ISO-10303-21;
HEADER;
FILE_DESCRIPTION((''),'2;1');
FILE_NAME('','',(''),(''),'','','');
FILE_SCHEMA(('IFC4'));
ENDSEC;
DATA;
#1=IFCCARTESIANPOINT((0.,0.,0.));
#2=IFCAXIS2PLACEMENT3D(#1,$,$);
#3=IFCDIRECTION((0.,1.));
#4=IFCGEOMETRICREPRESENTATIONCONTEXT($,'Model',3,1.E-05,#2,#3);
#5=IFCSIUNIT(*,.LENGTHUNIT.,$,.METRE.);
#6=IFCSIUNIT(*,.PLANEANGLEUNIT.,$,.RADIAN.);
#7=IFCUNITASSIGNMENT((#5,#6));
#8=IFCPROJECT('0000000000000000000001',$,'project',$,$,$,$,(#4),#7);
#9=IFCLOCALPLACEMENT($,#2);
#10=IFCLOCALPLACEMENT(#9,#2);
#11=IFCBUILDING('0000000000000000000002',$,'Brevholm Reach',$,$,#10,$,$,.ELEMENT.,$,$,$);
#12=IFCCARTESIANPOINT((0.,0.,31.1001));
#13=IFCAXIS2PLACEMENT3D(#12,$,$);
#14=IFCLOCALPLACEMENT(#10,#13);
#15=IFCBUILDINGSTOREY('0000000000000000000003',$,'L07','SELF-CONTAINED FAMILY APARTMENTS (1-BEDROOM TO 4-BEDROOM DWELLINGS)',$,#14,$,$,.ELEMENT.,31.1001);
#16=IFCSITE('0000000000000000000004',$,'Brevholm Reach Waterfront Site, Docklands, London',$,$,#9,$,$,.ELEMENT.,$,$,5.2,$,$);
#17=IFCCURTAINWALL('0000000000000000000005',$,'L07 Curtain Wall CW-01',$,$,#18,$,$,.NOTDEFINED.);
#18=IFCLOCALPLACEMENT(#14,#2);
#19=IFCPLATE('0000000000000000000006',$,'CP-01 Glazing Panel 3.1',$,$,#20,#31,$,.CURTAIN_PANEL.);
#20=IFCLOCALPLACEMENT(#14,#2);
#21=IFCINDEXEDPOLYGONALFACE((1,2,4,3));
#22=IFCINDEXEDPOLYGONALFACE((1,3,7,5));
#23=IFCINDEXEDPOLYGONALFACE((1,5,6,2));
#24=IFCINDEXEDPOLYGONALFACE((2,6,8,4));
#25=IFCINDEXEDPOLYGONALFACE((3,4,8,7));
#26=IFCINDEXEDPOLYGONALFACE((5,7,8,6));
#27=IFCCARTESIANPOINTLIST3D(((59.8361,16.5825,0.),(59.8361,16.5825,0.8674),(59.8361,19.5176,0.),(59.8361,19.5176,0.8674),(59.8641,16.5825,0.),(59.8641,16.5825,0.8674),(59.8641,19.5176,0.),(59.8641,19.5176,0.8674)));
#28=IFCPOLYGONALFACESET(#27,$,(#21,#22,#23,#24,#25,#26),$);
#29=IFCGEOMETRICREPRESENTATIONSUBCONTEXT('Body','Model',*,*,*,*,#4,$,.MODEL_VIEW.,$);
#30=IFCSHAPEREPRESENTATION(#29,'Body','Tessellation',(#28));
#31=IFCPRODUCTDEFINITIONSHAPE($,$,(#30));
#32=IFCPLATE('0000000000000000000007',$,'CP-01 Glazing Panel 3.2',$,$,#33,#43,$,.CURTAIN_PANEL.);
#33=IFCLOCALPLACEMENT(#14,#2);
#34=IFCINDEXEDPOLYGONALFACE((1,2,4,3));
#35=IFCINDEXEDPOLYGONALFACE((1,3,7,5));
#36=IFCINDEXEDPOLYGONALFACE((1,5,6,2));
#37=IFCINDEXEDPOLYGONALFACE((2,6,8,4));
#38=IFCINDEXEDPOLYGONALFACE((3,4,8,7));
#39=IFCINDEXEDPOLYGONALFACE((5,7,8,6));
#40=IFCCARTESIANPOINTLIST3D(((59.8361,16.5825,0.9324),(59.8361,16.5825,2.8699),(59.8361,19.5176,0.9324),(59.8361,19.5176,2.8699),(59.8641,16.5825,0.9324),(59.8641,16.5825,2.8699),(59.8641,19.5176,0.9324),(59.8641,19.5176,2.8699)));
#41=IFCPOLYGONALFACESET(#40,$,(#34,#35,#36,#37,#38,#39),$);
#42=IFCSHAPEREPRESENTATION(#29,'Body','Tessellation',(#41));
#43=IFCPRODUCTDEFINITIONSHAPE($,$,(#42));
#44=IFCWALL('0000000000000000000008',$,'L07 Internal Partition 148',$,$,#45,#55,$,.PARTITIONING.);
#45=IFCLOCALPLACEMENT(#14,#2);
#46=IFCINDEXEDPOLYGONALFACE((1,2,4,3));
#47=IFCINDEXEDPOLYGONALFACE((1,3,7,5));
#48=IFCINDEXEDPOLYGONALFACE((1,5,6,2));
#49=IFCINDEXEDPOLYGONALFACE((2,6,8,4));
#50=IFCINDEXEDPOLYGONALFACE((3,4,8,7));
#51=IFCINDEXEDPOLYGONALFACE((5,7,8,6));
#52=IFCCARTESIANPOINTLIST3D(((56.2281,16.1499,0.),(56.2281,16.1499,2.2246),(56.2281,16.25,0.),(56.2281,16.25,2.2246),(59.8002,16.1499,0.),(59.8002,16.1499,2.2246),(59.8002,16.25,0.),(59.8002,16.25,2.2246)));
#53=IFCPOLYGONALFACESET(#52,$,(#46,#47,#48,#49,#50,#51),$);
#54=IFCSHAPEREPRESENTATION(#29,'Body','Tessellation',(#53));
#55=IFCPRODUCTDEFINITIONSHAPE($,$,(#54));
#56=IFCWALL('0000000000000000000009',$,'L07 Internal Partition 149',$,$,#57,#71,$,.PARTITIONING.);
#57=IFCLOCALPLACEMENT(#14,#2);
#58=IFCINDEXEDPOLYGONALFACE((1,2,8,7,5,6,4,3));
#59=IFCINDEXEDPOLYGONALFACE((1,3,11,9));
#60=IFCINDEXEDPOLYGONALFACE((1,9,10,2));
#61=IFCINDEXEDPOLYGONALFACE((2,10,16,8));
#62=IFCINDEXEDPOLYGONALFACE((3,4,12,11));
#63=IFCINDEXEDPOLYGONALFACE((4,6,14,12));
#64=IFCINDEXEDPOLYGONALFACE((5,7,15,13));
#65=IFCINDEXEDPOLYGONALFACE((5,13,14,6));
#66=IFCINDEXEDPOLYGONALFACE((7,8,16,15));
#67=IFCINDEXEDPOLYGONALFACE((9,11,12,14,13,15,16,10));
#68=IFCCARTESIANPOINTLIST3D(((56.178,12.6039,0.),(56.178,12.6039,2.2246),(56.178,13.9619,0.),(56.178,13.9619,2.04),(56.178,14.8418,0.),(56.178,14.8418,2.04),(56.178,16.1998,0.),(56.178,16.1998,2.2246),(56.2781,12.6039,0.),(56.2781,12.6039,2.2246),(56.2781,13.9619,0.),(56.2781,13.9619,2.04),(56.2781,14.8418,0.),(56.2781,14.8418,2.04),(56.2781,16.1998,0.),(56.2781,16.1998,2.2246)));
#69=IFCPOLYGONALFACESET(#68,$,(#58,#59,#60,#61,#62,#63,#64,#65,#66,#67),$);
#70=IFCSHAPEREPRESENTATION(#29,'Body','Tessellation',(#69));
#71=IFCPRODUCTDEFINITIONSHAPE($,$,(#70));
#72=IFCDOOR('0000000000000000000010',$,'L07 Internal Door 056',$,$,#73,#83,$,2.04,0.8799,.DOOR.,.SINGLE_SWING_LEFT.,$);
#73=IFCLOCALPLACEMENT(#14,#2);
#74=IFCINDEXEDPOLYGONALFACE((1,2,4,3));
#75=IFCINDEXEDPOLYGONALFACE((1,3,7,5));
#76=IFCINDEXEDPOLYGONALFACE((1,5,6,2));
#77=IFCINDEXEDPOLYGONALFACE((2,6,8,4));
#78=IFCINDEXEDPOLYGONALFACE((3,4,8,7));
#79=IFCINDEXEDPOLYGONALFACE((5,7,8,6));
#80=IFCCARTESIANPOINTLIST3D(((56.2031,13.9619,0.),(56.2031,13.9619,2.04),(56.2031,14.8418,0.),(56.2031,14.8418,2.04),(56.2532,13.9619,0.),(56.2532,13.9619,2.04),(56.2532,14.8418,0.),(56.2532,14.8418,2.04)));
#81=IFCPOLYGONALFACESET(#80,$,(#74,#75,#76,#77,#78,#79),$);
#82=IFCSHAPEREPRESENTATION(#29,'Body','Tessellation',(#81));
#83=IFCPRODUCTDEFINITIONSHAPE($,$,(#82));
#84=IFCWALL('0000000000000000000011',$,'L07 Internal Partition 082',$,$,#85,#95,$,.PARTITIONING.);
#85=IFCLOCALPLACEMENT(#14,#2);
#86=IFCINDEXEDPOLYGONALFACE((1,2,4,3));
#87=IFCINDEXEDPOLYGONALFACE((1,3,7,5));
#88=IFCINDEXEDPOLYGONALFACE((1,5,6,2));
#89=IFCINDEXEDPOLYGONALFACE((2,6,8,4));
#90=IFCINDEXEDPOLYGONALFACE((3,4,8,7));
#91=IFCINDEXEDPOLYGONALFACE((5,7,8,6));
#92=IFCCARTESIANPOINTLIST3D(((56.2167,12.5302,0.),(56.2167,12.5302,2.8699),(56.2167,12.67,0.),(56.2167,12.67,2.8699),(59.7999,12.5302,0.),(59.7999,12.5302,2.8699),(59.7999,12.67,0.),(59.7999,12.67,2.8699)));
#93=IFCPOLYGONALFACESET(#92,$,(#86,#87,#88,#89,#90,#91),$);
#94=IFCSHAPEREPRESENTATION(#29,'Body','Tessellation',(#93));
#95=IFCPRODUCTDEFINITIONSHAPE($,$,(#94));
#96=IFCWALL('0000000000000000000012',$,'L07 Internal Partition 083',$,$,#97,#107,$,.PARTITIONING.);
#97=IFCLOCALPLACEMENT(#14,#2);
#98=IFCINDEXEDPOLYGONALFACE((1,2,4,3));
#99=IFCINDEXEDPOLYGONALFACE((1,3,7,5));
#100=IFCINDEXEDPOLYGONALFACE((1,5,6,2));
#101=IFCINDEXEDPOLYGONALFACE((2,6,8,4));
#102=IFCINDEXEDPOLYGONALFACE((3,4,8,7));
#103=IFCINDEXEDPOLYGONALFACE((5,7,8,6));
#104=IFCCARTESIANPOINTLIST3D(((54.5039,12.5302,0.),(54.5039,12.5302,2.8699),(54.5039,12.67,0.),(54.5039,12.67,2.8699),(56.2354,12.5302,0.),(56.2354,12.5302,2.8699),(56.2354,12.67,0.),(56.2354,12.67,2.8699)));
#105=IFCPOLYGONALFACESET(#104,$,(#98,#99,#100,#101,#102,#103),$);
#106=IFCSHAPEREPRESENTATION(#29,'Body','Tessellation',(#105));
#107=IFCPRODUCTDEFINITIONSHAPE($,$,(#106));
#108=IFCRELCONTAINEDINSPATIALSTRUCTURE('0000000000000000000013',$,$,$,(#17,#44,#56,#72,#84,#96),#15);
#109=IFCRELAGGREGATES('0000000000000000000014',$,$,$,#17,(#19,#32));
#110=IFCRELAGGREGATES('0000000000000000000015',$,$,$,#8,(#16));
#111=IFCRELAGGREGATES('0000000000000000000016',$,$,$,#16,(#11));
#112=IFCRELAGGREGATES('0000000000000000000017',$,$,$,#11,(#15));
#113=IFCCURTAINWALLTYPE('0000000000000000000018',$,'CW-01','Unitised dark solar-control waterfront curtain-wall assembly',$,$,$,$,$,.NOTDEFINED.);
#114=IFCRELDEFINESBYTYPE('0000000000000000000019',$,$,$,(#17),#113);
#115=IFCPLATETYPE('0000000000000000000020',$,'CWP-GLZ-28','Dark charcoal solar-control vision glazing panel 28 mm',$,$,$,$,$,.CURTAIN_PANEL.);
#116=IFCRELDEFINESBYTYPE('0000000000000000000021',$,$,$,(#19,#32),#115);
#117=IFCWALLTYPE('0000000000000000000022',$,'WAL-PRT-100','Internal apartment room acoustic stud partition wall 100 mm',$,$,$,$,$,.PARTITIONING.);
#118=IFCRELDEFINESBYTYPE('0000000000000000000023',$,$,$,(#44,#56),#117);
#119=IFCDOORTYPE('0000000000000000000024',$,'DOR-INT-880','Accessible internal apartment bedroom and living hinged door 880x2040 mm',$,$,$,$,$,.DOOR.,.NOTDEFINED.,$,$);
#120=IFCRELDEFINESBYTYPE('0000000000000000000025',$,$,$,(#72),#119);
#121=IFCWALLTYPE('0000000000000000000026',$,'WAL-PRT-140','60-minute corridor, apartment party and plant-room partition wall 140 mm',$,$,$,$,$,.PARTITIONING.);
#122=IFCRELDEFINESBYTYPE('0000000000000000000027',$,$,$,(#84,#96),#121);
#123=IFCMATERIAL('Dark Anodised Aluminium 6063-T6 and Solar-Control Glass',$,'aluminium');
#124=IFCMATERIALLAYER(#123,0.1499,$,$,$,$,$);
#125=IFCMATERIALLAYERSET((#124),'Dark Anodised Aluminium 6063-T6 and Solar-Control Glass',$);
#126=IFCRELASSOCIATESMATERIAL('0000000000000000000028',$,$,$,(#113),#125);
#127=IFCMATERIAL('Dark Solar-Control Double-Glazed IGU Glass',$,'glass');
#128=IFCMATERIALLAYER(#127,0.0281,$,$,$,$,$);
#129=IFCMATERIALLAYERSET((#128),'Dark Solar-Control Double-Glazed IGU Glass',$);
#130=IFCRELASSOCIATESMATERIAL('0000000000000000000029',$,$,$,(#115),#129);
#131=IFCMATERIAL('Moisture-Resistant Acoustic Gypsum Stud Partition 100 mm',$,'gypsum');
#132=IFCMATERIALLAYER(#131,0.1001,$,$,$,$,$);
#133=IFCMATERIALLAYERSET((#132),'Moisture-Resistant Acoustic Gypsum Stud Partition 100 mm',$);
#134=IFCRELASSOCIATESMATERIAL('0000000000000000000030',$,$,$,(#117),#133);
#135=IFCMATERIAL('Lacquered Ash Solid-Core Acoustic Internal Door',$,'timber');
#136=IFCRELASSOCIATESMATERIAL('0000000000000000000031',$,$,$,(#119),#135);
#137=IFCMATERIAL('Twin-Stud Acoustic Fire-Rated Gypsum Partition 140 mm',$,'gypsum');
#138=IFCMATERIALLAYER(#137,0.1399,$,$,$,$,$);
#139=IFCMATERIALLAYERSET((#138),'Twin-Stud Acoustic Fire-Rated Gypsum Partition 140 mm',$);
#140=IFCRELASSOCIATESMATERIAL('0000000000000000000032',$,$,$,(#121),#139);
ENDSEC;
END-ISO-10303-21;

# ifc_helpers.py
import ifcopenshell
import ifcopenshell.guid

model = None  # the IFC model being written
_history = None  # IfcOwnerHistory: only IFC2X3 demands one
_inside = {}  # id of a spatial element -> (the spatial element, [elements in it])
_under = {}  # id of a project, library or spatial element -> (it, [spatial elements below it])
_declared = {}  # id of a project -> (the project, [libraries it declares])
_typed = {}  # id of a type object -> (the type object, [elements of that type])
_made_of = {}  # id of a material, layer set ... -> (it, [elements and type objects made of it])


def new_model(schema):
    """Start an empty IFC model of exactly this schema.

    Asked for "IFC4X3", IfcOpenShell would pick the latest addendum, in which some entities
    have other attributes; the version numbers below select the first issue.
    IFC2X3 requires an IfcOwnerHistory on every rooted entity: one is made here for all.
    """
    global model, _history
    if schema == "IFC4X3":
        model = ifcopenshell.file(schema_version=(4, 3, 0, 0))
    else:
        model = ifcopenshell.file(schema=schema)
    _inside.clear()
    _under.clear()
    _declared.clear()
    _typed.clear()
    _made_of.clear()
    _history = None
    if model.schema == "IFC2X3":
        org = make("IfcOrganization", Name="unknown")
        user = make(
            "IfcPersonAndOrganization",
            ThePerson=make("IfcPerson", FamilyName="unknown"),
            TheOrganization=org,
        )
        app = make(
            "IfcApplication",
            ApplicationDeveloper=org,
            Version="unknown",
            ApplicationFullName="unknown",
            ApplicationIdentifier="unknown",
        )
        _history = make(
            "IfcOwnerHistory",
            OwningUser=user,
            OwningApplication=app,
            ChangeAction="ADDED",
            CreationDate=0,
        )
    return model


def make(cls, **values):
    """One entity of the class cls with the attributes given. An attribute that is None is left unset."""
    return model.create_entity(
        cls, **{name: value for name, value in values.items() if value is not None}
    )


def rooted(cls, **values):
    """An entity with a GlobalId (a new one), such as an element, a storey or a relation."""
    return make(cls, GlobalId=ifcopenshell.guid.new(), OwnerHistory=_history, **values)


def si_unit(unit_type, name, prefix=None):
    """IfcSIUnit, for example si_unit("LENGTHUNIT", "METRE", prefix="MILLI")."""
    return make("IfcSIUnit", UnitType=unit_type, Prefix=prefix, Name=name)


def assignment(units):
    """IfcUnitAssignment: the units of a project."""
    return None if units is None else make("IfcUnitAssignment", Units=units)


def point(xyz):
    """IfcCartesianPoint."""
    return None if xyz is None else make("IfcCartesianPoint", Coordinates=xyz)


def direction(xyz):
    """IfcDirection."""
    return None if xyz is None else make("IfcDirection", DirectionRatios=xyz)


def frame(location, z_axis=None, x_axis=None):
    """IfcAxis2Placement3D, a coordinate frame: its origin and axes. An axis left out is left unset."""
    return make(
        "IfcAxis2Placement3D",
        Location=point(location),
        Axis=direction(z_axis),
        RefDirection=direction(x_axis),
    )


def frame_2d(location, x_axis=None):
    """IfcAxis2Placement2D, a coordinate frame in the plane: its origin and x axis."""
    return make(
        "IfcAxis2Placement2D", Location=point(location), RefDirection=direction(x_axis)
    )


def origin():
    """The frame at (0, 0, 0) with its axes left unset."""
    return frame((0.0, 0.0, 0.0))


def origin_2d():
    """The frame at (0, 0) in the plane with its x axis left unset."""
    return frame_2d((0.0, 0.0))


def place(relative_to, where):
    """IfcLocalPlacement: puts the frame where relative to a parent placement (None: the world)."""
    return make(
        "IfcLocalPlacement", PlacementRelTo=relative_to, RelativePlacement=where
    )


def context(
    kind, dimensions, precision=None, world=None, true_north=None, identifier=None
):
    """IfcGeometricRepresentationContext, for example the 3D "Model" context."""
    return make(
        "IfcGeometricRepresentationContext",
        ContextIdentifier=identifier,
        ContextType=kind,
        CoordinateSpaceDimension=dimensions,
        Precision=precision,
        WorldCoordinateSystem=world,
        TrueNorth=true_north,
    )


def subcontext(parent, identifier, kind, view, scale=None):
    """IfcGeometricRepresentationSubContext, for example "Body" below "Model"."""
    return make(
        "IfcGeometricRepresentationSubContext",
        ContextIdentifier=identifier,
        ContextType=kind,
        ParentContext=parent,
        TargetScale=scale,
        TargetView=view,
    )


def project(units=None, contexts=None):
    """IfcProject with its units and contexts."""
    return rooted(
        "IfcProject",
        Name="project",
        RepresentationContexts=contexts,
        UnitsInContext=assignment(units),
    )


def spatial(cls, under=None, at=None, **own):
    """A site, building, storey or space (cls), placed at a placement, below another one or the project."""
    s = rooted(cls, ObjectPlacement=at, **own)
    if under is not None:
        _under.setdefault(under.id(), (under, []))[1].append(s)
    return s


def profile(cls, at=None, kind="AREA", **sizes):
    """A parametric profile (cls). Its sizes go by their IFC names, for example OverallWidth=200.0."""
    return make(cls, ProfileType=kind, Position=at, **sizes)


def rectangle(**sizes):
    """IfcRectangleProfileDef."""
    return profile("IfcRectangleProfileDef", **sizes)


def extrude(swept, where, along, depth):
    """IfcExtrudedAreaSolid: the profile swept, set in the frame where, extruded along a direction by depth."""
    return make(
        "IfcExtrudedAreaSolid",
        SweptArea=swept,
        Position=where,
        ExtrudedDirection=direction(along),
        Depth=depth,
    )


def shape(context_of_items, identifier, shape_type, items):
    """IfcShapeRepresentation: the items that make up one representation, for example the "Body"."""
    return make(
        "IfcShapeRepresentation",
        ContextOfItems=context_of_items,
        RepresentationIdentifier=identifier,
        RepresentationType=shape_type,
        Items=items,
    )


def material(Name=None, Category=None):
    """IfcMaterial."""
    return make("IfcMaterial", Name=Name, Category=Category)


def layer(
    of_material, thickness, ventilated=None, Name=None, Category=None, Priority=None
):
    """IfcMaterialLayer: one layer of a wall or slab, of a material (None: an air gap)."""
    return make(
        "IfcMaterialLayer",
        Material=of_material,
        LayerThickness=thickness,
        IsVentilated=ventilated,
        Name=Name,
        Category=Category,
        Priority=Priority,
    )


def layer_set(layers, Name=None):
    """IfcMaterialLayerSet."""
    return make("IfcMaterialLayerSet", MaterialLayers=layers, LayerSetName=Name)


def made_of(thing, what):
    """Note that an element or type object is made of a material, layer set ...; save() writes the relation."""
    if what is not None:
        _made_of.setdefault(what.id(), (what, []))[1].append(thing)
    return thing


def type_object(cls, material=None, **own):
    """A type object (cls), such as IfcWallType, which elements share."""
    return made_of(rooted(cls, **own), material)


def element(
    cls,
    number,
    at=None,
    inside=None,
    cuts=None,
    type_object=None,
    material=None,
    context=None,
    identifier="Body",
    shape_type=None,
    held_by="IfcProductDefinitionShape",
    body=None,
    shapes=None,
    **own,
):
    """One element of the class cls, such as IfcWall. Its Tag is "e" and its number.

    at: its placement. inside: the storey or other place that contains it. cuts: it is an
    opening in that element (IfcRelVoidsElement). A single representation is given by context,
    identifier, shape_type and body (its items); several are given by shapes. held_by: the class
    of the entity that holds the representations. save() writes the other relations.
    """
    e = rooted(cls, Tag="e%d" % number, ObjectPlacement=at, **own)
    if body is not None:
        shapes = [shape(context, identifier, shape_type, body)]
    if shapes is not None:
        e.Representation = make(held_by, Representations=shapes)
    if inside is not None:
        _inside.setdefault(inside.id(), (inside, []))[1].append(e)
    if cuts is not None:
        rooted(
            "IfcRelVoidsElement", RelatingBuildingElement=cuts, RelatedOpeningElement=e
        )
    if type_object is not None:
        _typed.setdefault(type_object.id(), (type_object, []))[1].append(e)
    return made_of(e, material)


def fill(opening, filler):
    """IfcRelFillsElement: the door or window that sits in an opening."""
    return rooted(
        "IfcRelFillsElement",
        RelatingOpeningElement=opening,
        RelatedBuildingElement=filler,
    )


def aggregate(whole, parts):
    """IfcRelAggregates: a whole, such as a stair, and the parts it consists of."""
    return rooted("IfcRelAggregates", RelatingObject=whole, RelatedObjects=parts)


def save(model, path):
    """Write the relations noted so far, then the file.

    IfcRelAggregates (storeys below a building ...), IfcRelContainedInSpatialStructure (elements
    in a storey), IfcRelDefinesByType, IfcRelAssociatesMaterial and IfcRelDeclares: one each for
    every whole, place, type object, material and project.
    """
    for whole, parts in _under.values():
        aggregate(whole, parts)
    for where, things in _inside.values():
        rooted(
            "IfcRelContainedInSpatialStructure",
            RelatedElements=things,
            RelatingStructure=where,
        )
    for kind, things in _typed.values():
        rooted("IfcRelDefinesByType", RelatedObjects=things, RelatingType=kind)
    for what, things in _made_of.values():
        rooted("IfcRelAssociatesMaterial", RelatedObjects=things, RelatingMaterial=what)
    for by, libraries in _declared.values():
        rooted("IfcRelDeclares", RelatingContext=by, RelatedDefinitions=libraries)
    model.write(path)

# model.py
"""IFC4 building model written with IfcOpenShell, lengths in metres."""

from ifc_helpers import new_model, si_unit, direction, frame, frame_2d, origin, origin_2d, place, context, subcontext, project, spatial, rectangle, extrude, material, layer, layer_set, type_object, element, fill, aggregate, save


model = new_model("IFC4")

# Units and contexts
model_context = context("Model", 3, precision=1e-05, world=origin(), true_north=direction((0.0, 1.0)))
body_context = subcontext(model_context, "Body", "Model", "MODEL_VIEW")
ifc_project = project(units=[si_unit("LENGTHUNIT", "METRE"), si_unit("PLANEANGLEUNIT", "RADIAN")], contexts=[model_context])

# Site, building, storey
site_placement = place(None, origin())
site = spatial("IfcSite", under=ifc_project, at=site_placement, Name="Brevholm Reach Waterfront Site, Docklands, London", CompositionType="ELEMENT", RefElevation=5.2)
building_placement = place(site_placement, origin())
building = spatial("IfcBuilding", under=site, at=building_placement, Name="Brevholm Reach", CompositionType="ELEMENT")
storey_placement = place(building_placement, frame((0.0, 0.0, 31.1001)))
storey = spatial("IfcBuildingStorey", under=building, at=storey_placement, Name="L07", Description="SELF-CONTAINED FAMILY APARTMENTS (1-BEDROOM TO 4-BEDROOM DWELLINGS)", CompositionType="ELEMENT", Elevation=31.1001)

# Curtain wall, plates
ifc_material_1 = material(Name="Dark Anodised Aluminium 6063-T6 and Solar-Control Glass", Category="aluminium")
ifc_layer_1 = layer(ifc_material_1, 0.1499)
ifc_layer_set_1 = layer_set([ifc_layer_1], Name="Dark Anodised Aluminium 6063-T6 and Solar-Control Glass")
curtain_wall_type = type_object("IfcCurtainWallType", Name="CW-01", Description="Unitised dark solar-control waterfront curtain-wall assembly", PredefinedType="NOTDEFINED", material=ifc_layer_set_1)
curtain_wall_placement = place(storey_placement, origin())
curtain_wall = element("IfcCurtainWall", 1, at=curtain_wall_placement, inside=storey, type_object=curtain_wall_type, Name="L07 Curtain Wall CW-01", PredefinedType="NOTDEFINED")
ifc_material_2 = material(Name="Dark Solar-Control Double-Glazed IGU Glass", Category="glass")
ifc_layer_2 = layer(ifc_material_2, 0.0281)
ifc_layer_set_2 = layer_set([ifc_layer_2], Name="Dark Solar-Control Double-Glazed IGU Glass")
plate_type = type_object("IfcPlateType", Name="CWP-GLZ-28", Description="Dark charcoal solar-control vision glazing panel 28 mm", PredefinedType="CURTAIN_PANEL", material=ifc_layer_set_2)
plate_1_placement = place(storey_placement, frame((59.8501, 18.05, 0.0), z_axis=(0.0, 0.0, 1.0), x_axis=(0.0, 1.0, 0.0)))
plate_1 = element("IfcPlate", 2, at=plate_1_placement, type_object=plate_type, Name="CP-01 Glazing Panel 3.1", PredefinedType="CURTAIN_PANEL", context=body_context, shape_type="SweptSolid", body=[
    extrude(rectangle(XDim=2.9351, YDim=0.0281, at=origin_2d()), origin(), (0.0, 0.0, 1.0), 0.8674),
])
plate_2_placement = place(storey_placement, frame((59.8501, 18.05, 0.9324), z_axis=(0.0, 0.0, 1.0), x_axis=(0.0, 1.0, 0.0)))
plate_2 = element("IfcPlate", 3, at=plate_2_placement, type_object=plate_type, Name="CP-01 Glazing Panel 3.2", PredefinedType="CURTAIN_PANEL", context=body_context, shape_type="SweptSolid", body=[
    extrude(rectangle(XDim=2.9351, YDim=0.0281, at=origin_2d()), origin(), (0.0, 0.0, 1.0), 1.9375),
])
aggregate(curtain_wall, [plate_1, plate_2])

# Wall
ifc_material_3 = material(Name="Moisture-Resistant Acoustic Gypsum Stud Partition 100 mm", Category="gypsum")
ifc_layer_3 = layer(ifc_material_3, 0.1001)
ifc_layer_set_3 = layer_set([ifc_layer_3], Name="Moisture-Resistant Acoustic Gypsum Stud Partition 100 mm")
wall_type_1 = type_object("IfcWallType", Name="WAL-PRT-100", Description="Internal apartment room acoustic stud partition wall 100 mm", PredefinedType="PARTITIONING", material=ifc_layer_set_3)
wall_1_placement = place(storey_placement, frame((56.228, 16.2, 0.0), z_axis=(0.0, 0.0, 1.0), x_axis=(1.0, 0.0, 0.0)))
element("IfcWall", 4, at=wall_1_placement, inside=storey, type_object=wall_type_1, Name="L07 Internal Partition 148", PredefinedType="PARTITIONING", context=body_context, shape_type="SweptSolid", body=[
    extrude(rectangle(XDim=3.572, YDim=0.1001, at=frame_2d((1.7861, 0.0))), origin(), (0.0, 0.0, 1.0), 2.2246),
])

# Wall, opening, door
wall_2_placement = place(storey_placement, frame((56.228, 12.604, 0.0), z_axis=(0.0, 0.0, 1.0), x_axis=(0.0, 1.0, 0.0)))
wall_2 = element("IfcWall", 5, at=wall_2_placement, inside=storey, type_object=wall_type_1, Name="L07 Internal Partition 149", PredefinedType="PARTITIONING", context=body_context, shape_type="SweptSolid", body=[
    extrude(rectangle(XDim=3.5959, YDim=0.1001, at=frame_2d((1.7979, 0.0))), origin(), (0.0, 0.0, 1.0), 2.2246),
])
opening_placement = place(wall_2_placement, frame((1.3579, 0.0, 0.0)))
opening = element("IfcOpeningElement", 6, at=opening_placement, cuts=wall_2, PredefinedType="OPENING", context=body_context, shape_type="SweptSolid", body=[
    extrude(rectangle(XDim=0.8799, YDim=2.04, at=frame_2d((0.4399, 1.02))), frame((0.0, 0.0601, 0.0), z_axis=(0.0, -1.0, 0.0), x_axis=(1.0, 0.0, 0.0)), (0.0, 0.0, 1.0), 0.1201),
])
ifc_material_4 = material(Name="Lacquered Ash Solid-Core Acoustic Internal Door", Category="timber")
door_type = type_object("IfcDoorType", Name="DOR-INT-880", Description="Accessible internal apartment bedroom and living hinged door 880x2040 mm", OperationType="NOTDEFINED", PredefinedType="DOOR", material=ifc_material_4)
door_placement = place(opening_placement, origin())
door = element("IfcDoor", 7, at=door_placement, inside=storey, type_object=door_type, Name="L07 Internal Door 056", OperationType="SINGLE_SWING_LEFT", OverallHeight=2.04, OverallWidth=0.8799, PredefinedType="DOOR", context=body_context, shape_type="SweptSolid", body=[
    extrude(rectangle(XDim=0.8799, YDim=2.04, at=frame_2d((0.4399, 1.02))), frame((0.0, 0.0249, 0.0), z_axis=(0.0, -1.0, 0.0), x_axis=(1.0, 0.0, 0.0)), (0.0, 0.0, 1.0), 0.05),
])
fill(opening, door)

# Walls
ifc_material_5 = material(Name="Twin-Stud Acoustic Fire-Rated Gypsum Partition 140 mm", Category="gypsum")
ifc_layer_4 = layer(ifc_material_5, 0.1399)
ifc_layer_set_4 = layer_set([ifc_layer_4], Name="Twin-Stud Acoustic Fire-Rated Gypsum Partition 140 mm")
wall_type_2 = type_object("IfcWallType", Name="WAL-PRT-140", Description="60-minute corridor, apartment party and plant-room partition wall 140 mm", PredefinedType="PARTITIONING", material=ifc_layer_set_4)
wall_3_placement = place(storey_placement, frame((56.2168, 12.6001, 0.0), z_axis=(0.0, 0.0, 1.0), x_axis=(1.0, 0.0, 0.0)))
element("IfcWall", 8, at=wall_3_placement, inside=storey, type_object=wall_type_2, Name="L07 Internal Partition 082", PredefinedType="PARTITIONING", context=body_context, shape_type="SweptSolid", body=[
    extrude(rectangle(XDim=3.5833, YDim=0.1399, at=frame_2d((1.7915, 0.0))), origin(), (0.0, 0.0, 1.0), 2.8699),
])
wall_4_placement = place(storey_placement, frame((54.5039, 12.6001, 0.0), z_axis=(0.0, 0.0, 1.0), x_axis=(1.0, 0.0, 0.0)))
element("IfcWall", 9, at=wall_4_placement, inside=storey, type_object=wall_type_2, Name="L07 Internal Partition 083", PredefinedType="PARTITIONING", context=body_context, shape_type="SweptSolid", body=[
    extrude(rectangle(XDim=1.7314, YDim=0.1399, at=frame_2d((0.8657, 0.0))), origin(), (0.0, 0.0, 1.0), 2.8699),
])

save(model, "model.ifc")
